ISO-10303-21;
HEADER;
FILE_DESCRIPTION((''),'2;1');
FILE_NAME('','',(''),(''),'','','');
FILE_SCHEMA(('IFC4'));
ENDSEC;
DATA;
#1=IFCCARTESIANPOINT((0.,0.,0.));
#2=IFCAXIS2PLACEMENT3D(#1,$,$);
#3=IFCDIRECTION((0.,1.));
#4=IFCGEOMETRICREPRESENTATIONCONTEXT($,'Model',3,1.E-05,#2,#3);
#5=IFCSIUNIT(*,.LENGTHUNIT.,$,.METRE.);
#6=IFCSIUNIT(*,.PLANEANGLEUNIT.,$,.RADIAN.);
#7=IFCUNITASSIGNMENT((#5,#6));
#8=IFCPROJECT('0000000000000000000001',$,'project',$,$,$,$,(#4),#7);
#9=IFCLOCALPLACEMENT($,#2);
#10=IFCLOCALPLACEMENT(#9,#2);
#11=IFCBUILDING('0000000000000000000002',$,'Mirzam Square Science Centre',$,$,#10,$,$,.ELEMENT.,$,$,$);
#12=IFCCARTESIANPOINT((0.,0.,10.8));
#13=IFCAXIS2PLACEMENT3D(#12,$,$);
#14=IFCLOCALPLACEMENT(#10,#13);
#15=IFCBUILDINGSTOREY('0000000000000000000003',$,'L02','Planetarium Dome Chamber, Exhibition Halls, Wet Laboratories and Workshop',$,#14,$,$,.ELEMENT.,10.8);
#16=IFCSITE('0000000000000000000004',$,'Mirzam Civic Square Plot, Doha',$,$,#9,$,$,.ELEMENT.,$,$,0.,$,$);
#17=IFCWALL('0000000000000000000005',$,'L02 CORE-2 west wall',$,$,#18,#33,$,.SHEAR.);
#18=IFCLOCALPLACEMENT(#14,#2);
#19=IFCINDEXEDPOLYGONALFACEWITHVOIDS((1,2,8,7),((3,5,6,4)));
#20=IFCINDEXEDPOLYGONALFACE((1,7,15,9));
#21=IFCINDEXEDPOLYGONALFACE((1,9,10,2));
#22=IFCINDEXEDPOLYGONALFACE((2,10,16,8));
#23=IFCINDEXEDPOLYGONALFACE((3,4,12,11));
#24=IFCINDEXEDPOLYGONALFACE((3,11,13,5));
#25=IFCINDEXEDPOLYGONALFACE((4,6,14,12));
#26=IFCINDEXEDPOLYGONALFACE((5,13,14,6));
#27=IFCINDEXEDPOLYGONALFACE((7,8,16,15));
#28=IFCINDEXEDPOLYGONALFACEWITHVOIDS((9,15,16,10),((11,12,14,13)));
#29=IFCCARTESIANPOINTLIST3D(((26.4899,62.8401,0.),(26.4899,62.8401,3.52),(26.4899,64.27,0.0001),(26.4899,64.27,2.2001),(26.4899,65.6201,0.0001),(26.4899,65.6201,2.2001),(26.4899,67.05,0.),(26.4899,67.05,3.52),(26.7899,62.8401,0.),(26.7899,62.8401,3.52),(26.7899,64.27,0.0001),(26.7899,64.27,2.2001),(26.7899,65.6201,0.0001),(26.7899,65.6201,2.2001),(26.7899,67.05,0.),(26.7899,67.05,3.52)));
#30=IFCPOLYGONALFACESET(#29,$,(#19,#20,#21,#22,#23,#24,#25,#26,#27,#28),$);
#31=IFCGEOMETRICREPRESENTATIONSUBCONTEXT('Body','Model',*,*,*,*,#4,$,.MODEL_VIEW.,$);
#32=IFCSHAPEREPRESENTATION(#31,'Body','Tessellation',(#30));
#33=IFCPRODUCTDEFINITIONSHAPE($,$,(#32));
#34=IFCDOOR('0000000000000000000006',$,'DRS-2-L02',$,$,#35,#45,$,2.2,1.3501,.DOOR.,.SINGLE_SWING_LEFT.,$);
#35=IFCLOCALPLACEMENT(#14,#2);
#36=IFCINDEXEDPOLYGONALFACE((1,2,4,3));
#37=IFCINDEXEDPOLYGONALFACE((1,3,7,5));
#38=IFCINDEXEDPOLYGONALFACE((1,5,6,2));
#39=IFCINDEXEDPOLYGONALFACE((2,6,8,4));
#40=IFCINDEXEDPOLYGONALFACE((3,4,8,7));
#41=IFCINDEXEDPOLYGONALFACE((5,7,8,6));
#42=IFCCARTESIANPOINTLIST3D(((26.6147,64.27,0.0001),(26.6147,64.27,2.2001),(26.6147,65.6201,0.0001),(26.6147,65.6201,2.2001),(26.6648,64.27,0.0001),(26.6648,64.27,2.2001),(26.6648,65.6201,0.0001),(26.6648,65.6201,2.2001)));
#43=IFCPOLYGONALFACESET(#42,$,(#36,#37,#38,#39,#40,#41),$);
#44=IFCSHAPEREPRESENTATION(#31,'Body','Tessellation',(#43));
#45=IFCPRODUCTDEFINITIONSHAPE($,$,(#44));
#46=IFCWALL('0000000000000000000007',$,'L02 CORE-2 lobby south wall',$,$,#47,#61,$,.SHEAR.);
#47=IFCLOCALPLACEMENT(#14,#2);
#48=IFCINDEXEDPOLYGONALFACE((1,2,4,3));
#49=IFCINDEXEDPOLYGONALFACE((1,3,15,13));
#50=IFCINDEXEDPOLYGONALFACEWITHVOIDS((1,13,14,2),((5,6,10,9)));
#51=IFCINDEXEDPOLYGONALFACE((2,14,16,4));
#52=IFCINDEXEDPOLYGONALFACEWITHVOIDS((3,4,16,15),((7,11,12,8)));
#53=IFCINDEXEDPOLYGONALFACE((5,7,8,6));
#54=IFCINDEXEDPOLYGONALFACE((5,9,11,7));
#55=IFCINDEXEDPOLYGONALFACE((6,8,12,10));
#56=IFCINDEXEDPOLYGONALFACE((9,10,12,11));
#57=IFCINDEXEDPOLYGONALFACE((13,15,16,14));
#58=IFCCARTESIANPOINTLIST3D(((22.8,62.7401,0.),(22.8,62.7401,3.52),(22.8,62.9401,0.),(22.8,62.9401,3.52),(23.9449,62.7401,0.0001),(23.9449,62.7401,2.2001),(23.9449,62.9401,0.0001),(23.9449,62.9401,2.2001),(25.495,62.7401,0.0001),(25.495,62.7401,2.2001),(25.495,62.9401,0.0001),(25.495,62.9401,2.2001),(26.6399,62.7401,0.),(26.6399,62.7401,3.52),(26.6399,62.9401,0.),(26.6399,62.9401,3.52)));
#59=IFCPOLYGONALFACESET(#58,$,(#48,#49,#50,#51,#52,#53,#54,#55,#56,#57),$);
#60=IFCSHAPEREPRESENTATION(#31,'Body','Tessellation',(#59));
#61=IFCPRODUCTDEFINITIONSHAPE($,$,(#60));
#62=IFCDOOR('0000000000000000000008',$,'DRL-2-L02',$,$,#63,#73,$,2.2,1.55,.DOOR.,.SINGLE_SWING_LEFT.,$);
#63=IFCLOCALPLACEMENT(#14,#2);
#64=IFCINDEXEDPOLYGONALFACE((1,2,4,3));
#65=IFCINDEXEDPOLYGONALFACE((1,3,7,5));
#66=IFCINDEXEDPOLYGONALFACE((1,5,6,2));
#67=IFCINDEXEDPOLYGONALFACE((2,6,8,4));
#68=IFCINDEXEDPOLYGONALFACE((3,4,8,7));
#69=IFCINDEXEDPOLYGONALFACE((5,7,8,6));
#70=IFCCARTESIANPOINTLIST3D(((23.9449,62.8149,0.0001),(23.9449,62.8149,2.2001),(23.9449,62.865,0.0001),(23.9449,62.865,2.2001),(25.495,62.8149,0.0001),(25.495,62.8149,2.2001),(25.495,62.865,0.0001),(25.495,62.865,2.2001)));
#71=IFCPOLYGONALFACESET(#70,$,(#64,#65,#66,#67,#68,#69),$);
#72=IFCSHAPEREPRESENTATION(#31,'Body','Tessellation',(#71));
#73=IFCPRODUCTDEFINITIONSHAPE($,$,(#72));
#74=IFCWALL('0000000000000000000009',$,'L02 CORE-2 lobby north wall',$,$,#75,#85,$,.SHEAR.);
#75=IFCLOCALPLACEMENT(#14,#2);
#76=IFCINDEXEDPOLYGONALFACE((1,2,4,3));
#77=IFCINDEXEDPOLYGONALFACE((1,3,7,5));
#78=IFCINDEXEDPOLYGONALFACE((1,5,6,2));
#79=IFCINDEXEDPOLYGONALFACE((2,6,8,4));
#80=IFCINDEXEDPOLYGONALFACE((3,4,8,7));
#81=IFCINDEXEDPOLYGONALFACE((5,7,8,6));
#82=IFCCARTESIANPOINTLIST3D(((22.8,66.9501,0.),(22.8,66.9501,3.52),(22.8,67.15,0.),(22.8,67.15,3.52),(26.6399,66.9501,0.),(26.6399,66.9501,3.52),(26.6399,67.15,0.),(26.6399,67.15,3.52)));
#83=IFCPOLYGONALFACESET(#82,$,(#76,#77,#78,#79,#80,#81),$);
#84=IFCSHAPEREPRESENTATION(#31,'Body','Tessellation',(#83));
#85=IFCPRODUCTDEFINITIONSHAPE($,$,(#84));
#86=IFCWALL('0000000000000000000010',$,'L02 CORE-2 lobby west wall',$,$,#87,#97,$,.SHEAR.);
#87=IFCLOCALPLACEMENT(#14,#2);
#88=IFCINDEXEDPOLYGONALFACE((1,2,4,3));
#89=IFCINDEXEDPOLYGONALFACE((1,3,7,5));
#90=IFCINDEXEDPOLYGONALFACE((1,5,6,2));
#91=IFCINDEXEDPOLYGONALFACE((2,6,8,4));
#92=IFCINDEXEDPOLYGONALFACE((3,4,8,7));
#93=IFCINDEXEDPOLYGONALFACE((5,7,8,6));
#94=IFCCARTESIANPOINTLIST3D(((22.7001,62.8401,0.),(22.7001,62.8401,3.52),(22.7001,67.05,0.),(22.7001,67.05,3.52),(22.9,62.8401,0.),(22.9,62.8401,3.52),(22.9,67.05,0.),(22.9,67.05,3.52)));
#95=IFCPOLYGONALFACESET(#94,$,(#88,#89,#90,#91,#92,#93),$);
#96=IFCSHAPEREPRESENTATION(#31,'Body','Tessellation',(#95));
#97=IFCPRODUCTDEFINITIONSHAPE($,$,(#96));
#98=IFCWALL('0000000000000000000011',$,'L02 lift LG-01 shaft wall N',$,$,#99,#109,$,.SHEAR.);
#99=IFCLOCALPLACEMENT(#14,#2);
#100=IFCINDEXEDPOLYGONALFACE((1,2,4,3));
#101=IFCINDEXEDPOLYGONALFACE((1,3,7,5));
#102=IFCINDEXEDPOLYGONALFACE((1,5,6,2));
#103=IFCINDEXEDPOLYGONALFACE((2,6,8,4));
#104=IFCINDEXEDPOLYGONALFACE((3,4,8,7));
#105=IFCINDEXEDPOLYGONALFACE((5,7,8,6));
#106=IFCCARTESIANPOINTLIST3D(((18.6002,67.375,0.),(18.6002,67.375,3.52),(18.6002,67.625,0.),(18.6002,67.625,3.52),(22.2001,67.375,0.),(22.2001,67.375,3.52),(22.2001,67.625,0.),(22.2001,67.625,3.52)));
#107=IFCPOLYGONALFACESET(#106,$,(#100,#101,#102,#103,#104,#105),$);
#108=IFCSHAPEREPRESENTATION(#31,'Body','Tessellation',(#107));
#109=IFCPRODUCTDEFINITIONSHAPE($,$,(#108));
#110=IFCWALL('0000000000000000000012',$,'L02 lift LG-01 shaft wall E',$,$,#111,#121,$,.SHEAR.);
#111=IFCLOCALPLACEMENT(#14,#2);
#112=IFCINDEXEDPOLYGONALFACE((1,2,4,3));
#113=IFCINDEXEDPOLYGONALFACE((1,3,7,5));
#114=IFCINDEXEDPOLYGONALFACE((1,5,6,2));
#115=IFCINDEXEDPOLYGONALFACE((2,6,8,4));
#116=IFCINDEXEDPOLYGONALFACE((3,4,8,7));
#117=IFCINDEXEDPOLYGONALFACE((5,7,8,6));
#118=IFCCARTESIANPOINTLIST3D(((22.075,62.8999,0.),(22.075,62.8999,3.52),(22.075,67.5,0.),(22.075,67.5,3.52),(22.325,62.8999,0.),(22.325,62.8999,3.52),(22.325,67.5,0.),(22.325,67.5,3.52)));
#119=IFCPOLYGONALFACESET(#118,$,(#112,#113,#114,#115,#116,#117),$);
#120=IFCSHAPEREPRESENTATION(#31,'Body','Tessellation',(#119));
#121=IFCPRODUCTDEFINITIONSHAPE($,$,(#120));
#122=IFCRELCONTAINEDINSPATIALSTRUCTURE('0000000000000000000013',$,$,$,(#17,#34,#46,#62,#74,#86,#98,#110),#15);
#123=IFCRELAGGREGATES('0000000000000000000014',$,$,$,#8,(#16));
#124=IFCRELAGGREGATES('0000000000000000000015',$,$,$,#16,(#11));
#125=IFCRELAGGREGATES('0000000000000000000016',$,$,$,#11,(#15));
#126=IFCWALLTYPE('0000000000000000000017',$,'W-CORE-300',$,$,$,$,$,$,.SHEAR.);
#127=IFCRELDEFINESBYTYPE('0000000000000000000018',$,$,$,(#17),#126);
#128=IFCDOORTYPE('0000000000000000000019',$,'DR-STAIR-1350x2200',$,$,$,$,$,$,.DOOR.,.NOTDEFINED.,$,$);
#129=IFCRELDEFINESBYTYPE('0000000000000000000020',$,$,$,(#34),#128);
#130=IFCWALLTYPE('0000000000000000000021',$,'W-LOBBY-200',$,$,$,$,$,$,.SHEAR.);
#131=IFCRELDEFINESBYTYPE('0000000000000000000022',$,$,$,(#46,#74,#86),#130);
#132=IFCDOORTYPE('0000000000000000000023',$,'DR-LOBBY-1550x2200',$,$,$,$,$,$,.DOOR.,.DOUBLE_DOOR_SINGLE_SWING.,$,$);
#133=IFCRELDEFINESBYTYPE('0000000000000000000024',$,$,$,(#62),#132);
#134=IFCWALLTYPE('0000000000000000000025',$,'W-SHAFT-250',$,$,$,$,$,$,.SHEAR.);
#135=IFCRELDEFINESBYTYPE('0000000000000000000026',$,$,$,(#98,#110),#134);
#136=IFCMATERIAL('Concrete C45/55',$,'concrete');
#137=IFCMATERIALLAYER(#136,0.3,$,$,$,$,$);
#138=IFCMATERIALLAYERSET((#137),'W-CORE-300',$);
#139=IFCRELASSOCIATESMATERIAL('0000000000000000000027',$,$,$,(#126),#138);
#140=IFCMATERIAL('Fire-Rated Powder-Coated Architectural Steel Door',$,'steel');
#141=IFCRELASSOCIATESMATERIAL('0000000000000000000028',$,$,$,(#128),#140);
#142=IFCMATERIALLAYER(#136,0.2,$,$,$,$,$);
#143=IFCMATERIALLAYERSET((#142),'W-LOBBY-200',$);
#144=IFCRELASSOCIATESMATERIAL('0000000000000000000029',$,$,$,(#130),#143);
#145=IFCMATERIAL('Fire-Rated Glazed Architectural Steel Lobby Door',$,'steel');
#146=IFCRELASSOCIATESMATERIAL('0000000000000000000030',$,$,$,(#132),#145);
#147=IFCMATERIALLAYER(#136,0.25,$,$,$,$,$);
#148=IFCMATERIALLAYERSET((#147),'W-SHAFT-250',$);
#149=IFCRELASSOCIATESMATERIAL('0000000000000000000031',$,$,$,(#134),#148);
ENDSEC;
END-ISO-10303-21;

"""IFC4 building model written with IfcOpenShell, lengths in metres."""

from ifc_helpers import new_model, si_unit, direction, frame, frame_2d, origin, place, context, subcontext, project, spatial, rectangle, extrude, material, layer, layer_set, type_object, element, fill, save


model = new_model("IFC4")

# Units and contexts
model_context = context("Model", 3, precision=1e-05, world=origin(), true_north=direction((0.0, 1.0)))
body_context = subcontext(model_context, "Body", "Model", "MODEL_VIEW")
ifc_project = project(units=[si_unit("LENGTHUNIT", "METRE"), si_unit("PLANEANGLEUNIT", "RADIAN")], contexts=[model_context])

# Site, building, storey
site_placement = place(None, origin())
site = spatial("IfcSite", under=ifc_project, at=site_placement, Name="Mirzam Civic Square Plot, Doha", CompositionType="ELEMENT", RefElevation=0.0)
building_placement = place(site_placement, origin())
building = spatial("IfcBuilding", under=site, at=building_placement, Name="Mirzam Square Science Centre", CompositionType="ELEMENT")
storey_placement = place(building_placement, frame((0.0, 0.0, 10.8)))
storey = spatial("IfcBuildingStorey", under=building, at=storey_placement, Name="L02", Description="Planetarium Dome Chamber, Exhibition Halls, Wet Laboratories and Workshop", CompositionType="ELEMENT", Elevation=10.8)

# Shared definitions
ifc_material_1 = material(Name="Concrete C45/55", Category="concrete")
ifc_layer_1 = layer(ifc_material_1, 0.3)
ifc_layer_set_1 = layer_set([ifc_layer_1], Name="W-CORE-300")
wall_type_1 = type_object("IfcWallType", Name="W-CORE-300", PredefinedType="SHEAR", material=ifc_layer_set_1)

# Walls, openings, doors
wall_1_placement = place(storey_placement, frame((26.6399, 67.05, 0.0), z_axis=(0.0, 0.0, 1.0), x_axis=(0.0, -1.0, 0.0)))
wall_1 = element("IfcWall", 1, at=wall_1_placement, inside=storey, type_object=wall_type_1, Name="L02 CORE-2 west wall", PredefinedType="SHEAR", context=body_context, shape_type="SweptSolid", body=[
    extrude(rectangle(XDim=4.21, YDim=0.3, at=frame_2d((2.105, 0.0))), origin(), (0.0, 0.0, 1.0), 3.52),
])
opening_1_placement = place(wall_1_placement, frame((1.4299, 0.0, 0.0)))
opening_1 = element("IfcOpeningElement", 2, at=opening_1_placement, cuts=wall_1, PredefinedType="OPENING", context=body_context, shape_type="SweptSolid", body=[
    extrude(rectangle(XDim=1.3501, YDim=2.2, at=frame_2d((0.675, 1.1001))), frame((0.0, 0.1599, 0.0), z_axis=(0.0, -1.0, 0.0), x_axis=(1.0, 0.0, 0.0)), (0.0, 0.0, 1.0), 0.3201),
])
ifc_material_2 = material(Name="Fire-Rated Powder-Coated Architectural Steel Door", Category="steel")
door_type_1 = type_object("IfcDoorType", Name="DR-STAIR-1350x2200", OperationType="NOTDEFINED", PredefinedType="DOOR", material=ifc_material_2)
door_1_placement = place(opening_1_placement, origin())
door_1 = element("IfcDoor", 3, at=door_1_placement, inside=storey, type_object=door_type_1, Name="DRS-2-L02", OperationType="SINGLE_SWING_LEFT", OverallHeight=2.2, OverallWidth=1.3501, PredefinedType="DOOR", context=body_context, shape_type="SweptSolid", body=[
    extrude(rectangle(XDim=1.3501, YDim=2.2, at=frame_2d((0.675, 1.1001))), frame((0.0, 0.0249, 0.0), z_axis=(0.0, -1.0, 0.0), x_axis=(1.0, 0.0, 0.0)), (0.0, 0.0, 1.0), 0.05),
])
fill(opening_1, door_1)
ifc_layer_2 = layer(ifc_material_1, 0.2)
ifc_layer_set_2 = layer_set([ifc_layer_2], Name="W-LOBBY-200")
wall_type_2 = type_object("IfcWallType", Name="W-LOBBY-200", PredefinedType="SHEAR", material=ifc_layer_set_2)
wall_2_placement = place(storey_placement, frame((22.8, 62.8401, 0.0), z_axis=(0.0, 0.0, 1.0), x_axis=(1.0, 0.0, 0.0)))
wall_2 = element("IfcWall", 4, at=wall_2_placement, inside=storey, type_object=wall_type_2, Name="L02 CORE-2 lobby south wall", PredefinedType="SHEAR", context=body_context, shape_type="SweptSolid", body=[
    extrude(rectangle(XDim=3.8398, YDim=0.2, at=frame_2d((1.9199, 0.0))), origin(), (0.0, 0.0, 1.0), 3.52),
])
opening_2_placement = place(wall_2_placement, frame((1.145, 0.0, 0.0)))
opening_2 = element("IfcOpeningElement", 5, at=opening_2_placement, cuts=wall_2, PredefinedType="OPENING", context=body_context, shape_type="SweptSolid", body=[
    extrude(rectangle(XDim=1.55, YDim=2.2, at=frame_2d((0.7749, 1.1001))), frame((0.0, 0.1099, 0.0), z_axis=(0.0, -1.0, 0.0), x_axis=(1.0, 0.0, 0.0)), (0.0, 0.0, 1.0), 0.22),
])
ifc_material_3 = material(Name="Fire-Rated Glazed Architectural Steel Lobby Door", Category="steel")
door_type_2 = type_object("IfcDoorType", Name="DR-LOBBY-1550x2200", OperationType="DOUBLE_DOOR_SINGLE_SWING", PredefinedType="DOOR", material=ifc_material_3)
door_2_placement = place(opening_2_placement, origin())
door_2 = element("IfcDoor", 6, at=door_2_placement, inside=storey, type_object=door_type_2, Name="DRL-2-L02", OperationType="SINGLE_SWING_LEFT", OverallHeight=2.2, OverallWidth=1.55, PredefinedType="DOOR", context=body_context, shape_type="SweptSolid", body=[
    extrude(rectangle(XDim=1.55, YDim=2.2, at=frame_2d((0.7749, 1.1001))), frame((0.0, 0.0249, 0.0), z_axis=(0.0, -1.0, 0.0), x_axis=(1.0, 0.0, 0.0)), (0.0, 0.0, 1.0), 0.05),
])
fill(opening_2, door_2)

# Walls
wall_3_placement = place(storey_placement, frame((26.6399, 67.05, 0.0), z_axis=(0.0, 0.0, 1.0), x_axis=(-1.0, 0.0, 0.0)))
element("IfcWall", 7, at=wall_3_placement, inside=storey, type_object=wall_type_2, Name="L02 CORE-2 lobby north wall", PredefinedType="SHEAR", context=body_context, shape_type="SweptSolid", body=[
    extrude(rectangle(XDim=3.8398, YDim=0.2, at=frame_2d((1.9199, 0.0))), origin(), (0.0, 0.0, 1.0), 3.52),
])
wall_4_placement = place(storey_placement, frame((22.8, 67.05, 0.0), z_axis=(0.0, 0.0, 1.0), x_axis=(0.0, -1.0, 0.0)))
element("IfcWall", 8, at=wall_4_placement, inside=storey, type_object=wall_type_2, Name="L02 CORE-2 lobby west wall", PredefinedType="SHEAR", context=body_context, shape_type="SweptSolid", body=[
    extrude(rectangle(XDim=4.21, YDim=0.2, at=frame_2d((2.105, 0.0))), origin(), (0.0, 0.0, 1.0), 3.52),
])
ifc_layer_3 = layer(ifc_material_1, 0.25)
ifc_layer_set_3 = layer_set([ifc_layer_3], Name="W-SHAFT-250")
wall_type_3 = type_object("IfcWallType", Name="W-SHAFT-250", PredefinedType="SHEAR", material=ifc_layer_set_3)
wall_5_placement = place(storey_placement, frame((22.2, 67.5, 0.0), z_axis=(0.0, 0.0, 1.0), x_axis=(-1.0, 0.0, 0.0)))
element("IfcWall", 9, at=wall_5_placement, inside=storey, type_object=wall_type_3, Name="L02 lift LG-01 shaft wall N", PredefinedType="SHEAR", context=body_context, shape_type="SweptSolid", body=[
    extrude(rectangle(XDim=3.5999, YDim=0.25, at=frame_2d((1.7998, 0.0))), origin(), (0.0, 0.0, 1.0), 3.52),
])
wall_6_placement = place(storey_placement, frame((22.2, 62.8999, 0.0), z_axis=(0.0, 0.0, 1.0), x_axis=(0.0, 1.0, 0.0)))
element("IfcWall", 10, at=wall_6_placement, inside=storey, type_object=wall_type_3, Name="L02 lift LG-01 shaft wall E", PredefinedType="SHEAR", context=body_context, shape_type="SweptSolid", body=[
    extrude(rectangle(XDim=4.6001, YDim=0.25, at=frame_2d((2.3, 0.0))), origin(), (0.0, 0.0, 1.0), 3.52),
])

save(model, "model.ifc")
